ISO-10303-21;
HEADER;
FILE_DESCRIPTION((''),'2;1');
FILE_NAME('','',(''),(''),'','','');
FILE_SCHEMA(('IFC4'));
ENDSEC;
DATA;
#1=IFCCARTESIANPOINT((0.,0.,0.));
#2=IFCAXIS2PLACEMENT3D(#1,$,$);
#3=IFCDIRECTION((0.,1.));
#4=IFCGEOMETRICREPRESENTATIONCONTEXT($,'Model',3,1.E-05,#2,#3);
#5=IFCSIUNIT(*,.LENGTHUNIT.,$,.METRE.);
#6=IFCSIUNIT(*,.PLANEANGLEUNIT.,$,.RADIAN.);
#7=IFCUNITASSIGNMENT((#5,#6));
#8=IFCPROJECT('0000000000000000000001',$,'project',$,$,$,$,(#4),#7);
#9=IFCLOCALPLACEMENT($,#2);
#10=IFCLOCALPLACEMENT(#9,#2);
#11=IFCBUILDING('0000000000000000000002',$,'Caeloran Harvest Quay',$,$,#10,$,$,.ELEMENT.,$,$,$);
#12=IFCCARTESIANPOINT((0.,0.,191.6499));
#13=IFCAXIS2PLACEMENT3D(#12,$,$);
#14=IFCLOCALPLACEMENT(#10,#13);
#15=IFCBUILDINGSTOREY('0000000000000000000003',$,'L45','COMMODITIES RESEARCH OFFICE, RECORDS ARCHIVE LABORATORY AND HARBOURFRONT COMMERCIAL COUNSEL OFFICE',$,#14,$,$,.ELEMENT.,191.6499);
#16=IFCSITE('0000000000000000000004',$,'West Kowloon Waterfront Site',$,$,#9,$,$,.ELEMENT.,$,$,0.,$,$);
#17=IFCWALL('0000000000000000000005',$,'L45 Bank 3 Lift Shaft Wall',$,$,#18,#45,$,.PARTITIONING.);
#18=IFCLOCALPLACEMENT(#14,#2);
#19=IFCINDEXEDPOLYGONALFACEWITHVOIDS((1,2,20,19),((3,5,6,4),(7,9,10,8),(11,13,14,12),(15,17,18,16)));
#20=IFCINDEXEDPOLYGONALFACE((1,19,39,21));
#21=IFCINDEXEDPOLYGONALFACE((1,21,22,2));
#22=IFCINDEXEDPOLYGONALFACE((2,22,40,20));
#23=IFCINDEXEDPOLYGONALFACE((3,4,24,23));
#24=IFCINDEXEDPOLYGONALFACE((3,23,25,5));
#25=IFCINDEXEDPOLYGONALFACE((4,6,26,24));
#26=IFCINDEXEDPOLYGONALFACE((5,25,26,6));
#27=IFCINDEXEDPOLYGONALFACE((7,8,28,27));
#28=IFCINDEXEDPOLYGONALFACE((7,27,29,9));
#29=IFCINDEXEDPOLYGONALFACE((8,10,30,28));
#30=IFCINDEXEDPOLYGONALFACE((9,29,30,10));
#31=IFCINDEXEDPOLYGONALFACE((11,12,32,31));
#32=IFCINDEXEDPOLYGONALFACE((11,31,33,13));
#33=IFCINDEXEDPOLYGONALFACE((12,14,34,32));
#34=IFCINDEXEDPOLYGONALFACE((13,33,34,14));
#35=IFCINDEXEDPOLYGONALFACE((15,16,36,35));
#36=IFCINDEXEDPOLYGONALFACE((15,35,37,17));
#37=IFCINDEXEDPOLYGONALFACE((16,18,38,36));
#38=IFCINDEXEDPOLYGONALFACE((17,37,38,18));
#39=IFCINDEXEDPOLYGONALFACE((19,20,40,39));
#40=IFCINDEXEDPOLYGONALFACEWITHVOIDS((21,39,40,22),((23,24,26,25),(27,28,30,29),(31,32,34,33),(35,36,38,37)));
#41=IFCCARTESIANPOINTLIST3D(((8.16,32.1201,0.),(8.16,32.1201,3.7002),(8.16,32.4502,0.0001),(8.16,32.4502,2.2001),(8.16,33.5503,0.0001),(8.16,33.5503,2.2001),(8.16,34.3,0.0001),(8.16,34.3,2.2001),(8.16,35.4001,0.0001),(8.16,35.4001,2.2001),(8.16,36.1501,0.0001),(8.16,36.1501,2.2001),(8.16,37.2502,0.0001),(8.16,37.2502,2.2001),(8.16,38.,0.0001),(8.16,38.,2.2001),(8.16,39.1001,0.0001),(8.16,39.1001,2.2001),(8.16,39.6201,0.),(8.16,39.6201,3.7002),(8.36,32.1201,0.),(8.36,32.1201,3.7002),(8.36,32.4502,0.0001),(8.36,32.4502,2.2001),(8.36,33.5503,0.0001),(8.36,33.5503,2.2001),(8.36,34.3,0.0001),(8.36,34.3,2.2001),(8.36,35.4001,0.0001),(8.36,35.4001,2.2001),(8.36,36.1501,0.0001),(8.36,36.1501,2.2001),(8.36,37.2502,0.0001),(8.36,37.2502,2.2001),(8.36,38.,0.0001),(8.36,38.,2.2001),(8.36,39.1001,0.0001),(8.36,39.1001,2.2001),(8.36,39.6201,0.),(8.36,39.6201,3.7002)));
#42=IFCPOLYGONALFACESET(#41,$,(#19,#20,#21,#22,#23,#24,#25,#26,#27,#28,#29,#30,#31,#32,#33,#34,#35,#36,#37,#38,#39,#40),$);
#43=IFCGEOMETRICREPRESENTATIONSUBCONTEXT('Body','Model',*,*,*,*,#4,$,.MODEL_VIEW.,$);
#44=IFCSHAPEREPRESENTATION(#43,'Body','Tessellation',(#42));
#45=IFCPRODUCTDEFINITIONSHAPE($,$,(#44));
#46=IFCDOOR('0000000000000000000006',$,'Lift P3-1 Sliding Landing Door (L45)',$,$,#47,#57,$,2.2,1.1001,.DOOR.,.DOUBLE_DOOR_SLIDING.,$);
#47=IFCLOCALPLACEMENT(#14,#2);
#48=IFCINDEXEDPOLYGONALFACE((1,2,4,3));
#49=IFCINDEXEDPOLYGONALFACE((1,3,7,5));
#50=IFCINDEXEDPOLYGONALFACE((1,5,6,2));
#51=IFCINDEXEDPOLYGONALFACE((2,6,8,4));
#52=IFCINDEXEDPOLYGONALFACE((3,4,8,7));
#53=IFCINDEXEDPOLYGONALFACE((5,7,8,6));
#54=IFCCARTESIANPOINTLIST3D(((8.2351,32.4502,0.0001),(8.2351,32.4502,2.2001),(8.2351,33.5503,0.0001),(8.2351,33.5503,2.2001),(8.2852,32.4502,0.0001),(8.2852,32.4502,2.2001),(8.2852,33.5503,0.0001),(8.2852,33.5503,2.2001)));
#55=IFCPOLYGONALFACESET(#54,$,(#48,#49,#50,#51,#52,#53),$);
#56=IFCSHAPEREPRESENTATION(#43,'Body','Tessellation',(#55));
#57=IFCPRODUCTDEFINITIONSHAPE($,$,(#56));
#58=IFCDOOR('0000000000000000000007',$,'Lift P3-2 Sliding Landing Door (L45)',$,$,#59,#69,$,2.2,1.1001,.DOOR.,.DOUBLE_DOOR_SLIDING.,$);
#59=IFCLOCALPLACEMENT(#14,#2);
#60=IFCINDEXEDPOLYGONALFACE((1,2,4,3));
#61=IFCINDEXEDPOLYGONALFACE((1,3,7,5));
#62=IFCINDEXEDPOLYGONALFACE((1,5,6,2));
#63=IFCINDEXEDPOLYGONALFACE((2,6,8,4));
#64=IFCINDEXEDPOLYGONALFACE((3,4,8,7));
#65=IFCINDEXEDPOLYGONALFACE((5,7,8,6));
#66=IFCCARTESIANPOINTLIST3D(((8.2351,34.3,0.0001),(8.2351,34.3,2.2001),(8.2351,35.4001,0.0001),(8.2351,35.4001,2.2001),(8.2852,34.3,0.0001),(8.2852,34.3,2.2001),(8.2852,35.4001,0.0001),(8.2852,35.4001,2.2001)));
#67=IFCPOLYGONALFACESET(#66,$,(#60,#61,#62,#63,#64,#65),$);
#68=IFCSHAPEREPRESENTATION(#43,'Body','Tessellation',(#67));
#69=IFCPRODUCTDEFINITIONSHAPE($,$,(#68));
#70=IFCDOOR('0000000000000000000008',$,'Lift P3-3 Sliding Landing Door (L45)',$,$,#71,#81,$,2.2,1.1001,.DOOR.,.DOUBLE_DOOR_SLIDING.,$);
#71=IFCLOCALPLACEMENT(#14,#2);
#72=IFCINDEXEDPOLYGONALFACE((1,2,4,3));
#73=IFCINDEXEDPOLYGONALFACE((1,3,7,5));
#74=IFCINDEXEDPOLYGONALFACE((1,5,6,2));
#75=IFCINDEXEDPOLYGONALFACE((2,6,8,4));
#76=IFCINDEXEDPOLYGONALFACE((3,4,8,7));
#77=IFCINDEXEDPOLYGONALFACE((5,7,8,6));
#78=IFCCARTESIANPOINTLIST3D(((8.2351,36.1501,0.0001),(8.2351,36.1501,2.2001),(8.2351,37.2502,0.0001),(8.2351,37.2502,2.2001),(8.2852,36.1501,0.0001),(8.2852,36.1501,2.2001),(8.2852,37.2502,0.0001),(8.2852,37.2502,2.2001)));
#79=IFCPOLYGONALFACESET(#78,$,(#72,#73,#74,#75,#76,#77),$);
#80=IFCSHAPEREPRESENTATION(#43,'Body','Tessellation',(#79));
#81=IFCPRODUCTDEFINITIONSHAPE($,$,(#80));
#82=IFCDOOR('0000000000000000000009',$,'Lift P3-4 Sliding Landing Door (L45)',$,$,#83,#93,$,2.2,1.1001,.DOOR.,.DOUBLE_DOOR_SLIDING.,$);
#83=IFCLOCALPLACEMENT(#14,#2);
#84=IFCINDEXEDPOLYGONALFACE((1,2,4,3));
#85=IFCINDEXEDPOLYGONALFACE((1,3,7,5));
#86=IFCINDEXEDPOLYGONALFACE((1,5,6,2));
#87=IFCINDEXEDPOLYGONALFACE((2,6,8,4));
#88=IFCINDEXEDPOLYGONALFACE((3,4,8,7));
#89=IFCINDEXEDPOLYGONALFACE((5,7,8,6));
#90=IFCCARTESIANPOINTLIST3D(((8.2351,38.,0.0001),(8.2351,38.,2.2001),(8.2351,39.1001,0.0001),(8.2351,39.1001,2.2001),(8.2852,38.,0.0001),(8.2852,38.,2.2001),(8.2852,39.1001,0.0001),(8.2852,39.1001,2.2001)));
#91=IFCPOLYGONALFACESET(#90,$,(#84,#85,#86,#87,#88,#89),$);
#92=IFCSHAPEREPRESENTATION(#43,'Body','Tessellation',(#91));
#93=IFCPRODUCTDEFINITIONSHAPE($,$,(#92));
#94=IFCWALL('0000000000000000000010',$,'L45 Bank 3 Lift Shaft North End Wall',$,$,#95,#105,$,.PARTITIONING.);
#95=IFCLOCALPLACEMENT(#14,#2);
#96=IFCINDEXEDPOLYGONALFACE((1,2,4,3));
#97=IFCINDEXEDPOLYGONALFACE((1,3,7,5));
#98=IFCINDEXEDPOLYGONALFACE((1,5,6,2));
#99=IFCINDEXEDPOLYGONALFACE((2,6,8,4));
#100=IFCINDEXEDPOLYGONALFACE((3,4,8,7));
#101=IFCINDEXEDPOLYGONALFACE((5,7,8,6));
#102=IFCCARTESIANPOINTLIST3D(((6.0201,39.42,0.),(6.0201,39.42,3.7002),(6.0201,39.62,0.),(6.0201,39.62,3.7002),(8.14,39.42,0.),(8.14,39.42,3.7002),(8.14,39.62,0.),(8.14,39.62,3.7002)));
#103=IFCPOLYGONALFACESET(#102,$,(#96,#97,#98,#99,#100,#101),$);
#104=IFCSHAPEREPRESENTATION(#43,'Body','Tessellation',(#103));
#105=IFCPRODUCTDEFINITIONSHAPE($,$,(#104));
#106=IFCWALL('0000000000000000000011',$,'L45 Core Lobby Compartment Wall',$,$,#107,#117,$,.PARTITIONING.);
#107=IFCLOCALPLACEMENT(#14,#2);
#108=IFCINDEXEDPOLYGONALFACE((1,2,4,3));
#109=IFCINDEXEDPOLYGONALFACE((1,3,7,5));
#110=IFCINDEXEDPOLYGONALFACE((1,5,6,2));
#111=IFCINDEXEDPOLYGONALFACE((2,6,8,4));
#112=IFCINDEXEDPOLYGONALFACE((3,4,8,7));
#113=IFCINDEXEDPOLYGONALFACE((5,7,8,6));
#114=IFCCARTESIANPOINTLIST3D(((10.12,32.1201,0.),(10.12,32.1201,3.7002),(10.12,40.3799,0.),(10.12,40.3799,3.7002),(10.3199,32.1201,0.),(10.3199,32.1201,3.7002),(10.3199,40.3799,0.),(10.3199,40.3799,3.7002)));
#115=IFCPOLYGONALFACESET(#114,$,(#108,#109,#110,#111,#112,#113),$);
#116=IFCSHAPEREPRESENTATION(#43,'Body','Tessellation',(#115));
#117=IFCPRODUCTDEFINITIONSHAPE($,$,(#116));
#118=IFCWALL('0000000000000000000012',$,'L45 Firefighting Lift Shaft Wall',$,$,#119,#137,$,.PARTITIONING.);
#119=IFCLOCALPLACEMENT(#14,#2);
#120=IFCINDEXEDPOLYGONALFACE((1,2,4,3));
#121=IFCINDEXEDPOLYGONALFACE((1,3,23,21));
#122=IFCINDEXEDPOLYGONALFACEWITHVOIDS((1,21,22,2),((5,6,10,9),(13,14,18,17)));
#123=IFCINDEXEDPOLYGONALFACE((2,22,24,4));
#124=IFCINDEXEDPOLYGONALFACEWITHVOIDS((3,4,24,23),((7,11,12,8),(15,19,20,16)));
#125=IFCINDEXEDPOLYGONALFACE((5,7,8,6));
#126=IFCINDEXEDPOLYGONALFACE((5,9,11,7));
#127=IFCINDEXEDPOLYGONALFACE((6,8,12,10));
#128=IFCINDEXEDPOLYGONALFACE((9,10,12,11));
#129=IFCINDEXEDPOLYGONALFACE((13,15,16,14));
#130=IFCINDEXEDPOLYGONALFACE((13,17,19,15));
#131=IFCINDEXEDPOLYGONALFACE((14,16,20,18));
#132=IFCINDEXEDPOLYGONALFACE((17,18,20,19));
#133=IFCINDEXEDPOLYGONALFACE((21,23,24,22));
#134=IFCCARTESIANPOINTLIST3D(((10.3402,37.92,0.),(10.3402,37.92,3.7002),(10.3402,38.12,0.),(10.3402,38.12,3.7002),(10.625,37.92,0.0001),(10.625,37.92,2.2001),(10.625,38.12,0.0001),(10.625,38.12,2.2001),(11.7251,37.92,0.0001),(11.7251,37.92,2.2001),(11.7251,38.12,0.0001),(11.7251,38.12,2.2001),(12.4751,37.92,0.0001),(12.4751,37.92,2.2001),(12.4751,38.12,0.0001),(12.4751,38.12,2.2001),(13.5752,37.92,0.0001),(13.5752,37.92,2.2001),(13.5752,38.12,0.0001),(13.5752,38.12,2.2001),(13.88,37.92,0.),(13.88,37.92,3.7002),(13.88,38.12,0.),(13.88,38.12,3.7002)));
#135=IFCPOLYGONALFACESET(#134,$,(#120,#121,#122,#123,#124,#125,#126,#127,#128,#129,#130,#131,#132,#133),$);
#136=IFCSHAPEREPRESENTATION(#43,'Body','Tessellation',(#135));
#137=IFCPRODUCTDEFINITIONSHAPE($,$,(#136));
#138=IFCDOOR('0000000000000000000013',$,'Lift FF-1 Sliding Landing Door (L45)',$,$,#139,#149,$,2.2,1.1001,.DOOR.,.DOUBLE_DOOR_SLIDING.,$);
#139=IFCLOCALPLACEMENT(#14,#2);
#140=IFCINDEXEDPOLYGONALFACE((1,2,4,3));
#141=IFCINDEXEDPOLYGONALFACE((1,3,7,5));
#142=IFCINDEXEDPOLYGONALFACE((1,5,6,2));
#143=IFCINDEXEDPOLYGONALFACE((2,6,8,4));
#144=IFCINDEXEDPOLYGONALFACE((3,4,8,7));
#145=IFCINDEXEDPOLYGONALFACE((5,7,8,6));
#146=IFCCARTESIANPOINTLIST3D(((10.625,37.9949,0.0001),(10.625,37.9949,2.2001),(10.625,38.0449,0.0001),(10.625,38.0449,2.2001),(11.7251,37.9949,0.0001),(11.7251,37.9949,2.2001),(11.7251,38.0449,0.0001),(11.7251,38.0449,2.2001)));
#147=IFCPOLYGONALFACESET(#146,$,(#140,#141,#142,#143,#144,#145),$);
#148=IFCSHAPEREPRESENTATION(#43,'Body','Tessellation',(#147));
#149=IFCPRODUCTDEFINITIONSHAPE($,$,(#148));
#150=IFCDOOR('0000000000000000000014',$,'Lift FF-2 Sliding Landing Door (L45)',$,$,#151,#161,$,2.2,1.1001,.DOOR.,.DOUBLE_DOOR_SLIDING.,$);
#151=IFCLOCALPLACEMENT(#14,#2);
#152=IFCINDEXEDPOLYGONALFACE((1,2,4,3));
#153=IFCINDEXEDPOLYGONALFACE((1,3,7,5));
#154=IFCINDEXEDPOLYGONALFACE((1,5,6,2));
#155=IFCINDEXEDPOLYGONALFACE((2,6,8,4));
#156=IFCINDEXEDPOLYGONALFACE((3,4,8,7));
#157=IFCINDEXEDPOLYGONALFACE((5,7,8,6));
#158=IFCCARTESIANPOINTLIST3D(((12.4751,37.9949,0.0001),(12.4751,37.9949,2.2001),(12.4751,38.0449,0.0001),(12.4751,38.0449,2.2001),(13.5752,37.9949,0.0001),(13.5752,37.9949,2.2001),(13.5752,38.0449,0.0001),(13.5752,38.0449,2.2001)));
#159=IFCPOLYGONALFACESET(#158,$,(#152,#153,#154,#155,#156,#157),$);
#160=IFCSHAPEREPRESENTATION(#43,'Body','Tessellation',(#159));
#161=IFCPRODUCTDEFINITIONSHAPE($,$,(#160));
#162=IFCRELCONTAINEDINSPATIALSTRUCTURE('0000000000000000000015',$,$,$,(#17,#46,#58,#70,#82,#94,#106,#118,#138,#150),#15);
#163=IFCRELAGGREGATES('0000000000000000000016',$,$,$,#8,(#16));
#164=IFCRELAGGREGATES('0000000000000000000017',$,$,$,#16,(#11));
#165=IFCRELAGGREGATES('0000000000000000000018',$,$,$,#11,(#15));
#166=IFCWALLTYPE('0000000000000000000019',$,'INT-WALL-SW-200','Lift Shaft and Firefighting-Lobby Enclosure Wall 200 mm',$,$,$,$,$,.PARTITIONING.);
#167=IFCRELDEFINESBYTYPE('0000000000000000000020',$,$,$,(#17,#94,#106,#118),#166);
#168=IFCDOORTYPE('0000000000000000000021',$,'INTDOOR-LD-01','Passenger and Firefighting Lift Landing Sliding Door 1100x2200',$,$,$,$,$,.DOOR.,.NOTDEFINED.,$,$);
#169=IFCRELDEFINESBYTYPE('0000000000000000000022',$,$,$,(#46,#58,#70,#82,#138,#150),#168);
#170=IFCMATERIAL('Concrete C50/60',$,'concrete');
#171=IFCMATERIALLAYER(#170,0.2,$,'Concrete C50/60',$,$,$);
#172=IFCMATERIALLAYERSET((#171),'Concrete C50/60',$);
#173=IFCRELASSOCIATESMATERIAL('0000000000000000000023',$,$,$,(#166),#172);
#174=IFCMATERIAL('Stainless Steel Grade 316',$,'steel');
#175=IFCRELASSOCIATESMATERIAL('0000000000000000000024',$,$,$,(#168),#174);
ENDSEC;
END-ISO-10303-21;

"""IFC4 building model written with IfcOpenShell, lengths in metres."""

from ifc_helpers import new_model, si_unit, direction, frame, frame_2d, origin, place, context, subcontext, project, spatial, rectangle, extrude, material, layer, layer_set, type_object, element, fill, save


model = new_model("IFC4")

# Units and contexts
model_context = context("Model", 3, precision=1e-05, world=origin(), true_north=direction((0.0, 1.0)))
body_context = subcontext(model_context, "Body", "Model", "MODEL_VIEW")
ifc_project = project(units=[si_unit("LENGTHUNIT", "METRE"), si_unit("PLANEANGLEUNIT", "RADIAN")], contexts=[model_context])

# Site, building, storey
site_placement = place(None, origin())
site = spatial("IfcSite", under=ifc_project, at=site_placement, Name="West Kowloon Waterfront Site", CompositionType="ELEMENT", RefElevation=0.0)
building_placement = place(site_placement, origin())
building = spatial("IfcBuilding", under=site, at=building_placement, Name="Caeloran Harvest Quay", CompositionType="ELEMENT")
storey_placement = place(building_placement, frame((0.0, 0.0, 191.6499)))
storey = spatial("IfcBuildingStorey", under=building, at=storey_placement, Name="L45", Description="COMMODITIES RESEARCH OFFICE, RECORDS ARCHIVE LABORATORY AND HARBOURFRONT COMMERCIAL COUNSEL OFFICE", CompositionType="ELEMENT", Elevation=191.6499)

# Wall, openings, doors
ifc_material_1 = material(Name="Concrete C50/60", Category="concrete")
ifc_layer_1 = layer(ifc_material_1, 0.2, Name="Concrete C50/60")
ifc_layer_set_1 = layer_set([ifc_layer_1], Name="Concrete C50/60")
wall_type_1 = type_object("IfcWallType", Name="INT-WALL-SW-200", Description="Lift Shaft and Firefighting-Lobby Enclosure Wall 200 mm", PredefinedType="PARTITIONING", material=ifc_layer_set_1)
wall_1_placement = place(storey_placement, frame((8.26, 32.1201, 0.0), z_axis=(0.0, 0.0, 1.0), x_axis=(0.0, 1.0, 0.0)))
wall_1 = element("IfcWall", 1, at=wall_1_placement, inside=storey, type_object=wall_type_1, Name="L45 Bank 3 Lift Shaft Wall", PredefinedType="PARTITIONING", context=body_context, shape_type="SweptSolid", body=[
    extrude(rectangle(XDim=7.5, YDim=0.2, at=frame_2d((3.75, 0.0))), origin(), (0.0, 0.0, 1.0), 3.7002),
])
opening_1_placement = place(wall_1_placement, frame((0.3301, 0.0, 0.0)))
opening_1 = element("IfcOpeningElement", 2, at=opening_1_placement, cuts=wall_1, PredefinedType="OPENING", context=body_context, shape_type="SweptSolid", body=[
    extrude(rectangle(XDim=1.1001, YDim=2.2, at=frame_2d((0.55, 1.1001))), frame((0.0, 0.1099, 0.0), z_axis=(0.0, -1.0, 0.0), x_axis=(1.0, 0.0, 0.0)), (0.0, 0.0, 1.0), 0.22),
])
opening_2_placement = place(wall_1_placement, frame((2.1799, 0.0, 0.0)))
opening_2 = element("IfcOpeningElement", 3, at=opening_2_placement, cuts=wall_1, PredefinedType="OPENING", context=body_context, shape_type="SweptSolid", body=[
    extrude(rectangle(XDim=1.1001, YDim=2.2, at=frame_2d((0.55, 1.1001))), frame((0.0, 0.1099, 0.0), z_axis=(0.0, -1.0, 0.0), x_axis=(1.0, 0.0, 0.0)), (0.0, 0.0, 1.0), 0.22),
])
opening_3_placement = place(wall_1_placement, frame((4.03, 0.0, 0.0)))
opening_3 = element("IfcOpeningElement", 4, at=opening_3_placement, cuts=wall_1, PredefinedType="OPENING", context=body_context, shape_type="SweptSolid", body=[
    extrude(rectangle(XDim=1.1001, YDim=2.2, at=frame_2d((0.55, 1.1001))), frame((0.0, 0.1099, 0.0), z_axis=(0.0, -1.0, 0.0), x_axis=(1.0, 0.0, 0.0)), (0.0, 0.0, 1.0), 0.22),
])
opening_4_placement = place(wall_1_placement, frame((5.8799, 0.0, 0.0)))
opening_4 = element("IfcOpeningElement", 5, at=opening_4_placement, cuts=wall_1, PredefinedType="OPENING", context=body_context, shape_type="SweptSolid", body=[
    extrude(rectangle(XDim=1.1001, YDim=2.2, at=frame_2d((0.55, 1.1001))), frame((0.0, 0.1099, 0.0), z_axis=(0.0, -1.0, 0.0), x_axis=(1.0, 0.0, 0.0)), (0.0, 0.0, 1.0), 0.22),
])
ifc_material_2 = material(Name="Stainless Steel Grade 316", Category="steel")
door_type_1 = type_object("IfcDoorType", Name="INTDOOR-LD-01", Description="Passenger and Firefighting Lift Landing Sliding Door 1100x2200", OperationType="NOTDEFINED", PredefinedType="DOOR", material=ifc_material_2)
door_1_placement = place(opening_1_placement, origin())
door_1 = element("IfcDoor", 6, at=door_1_placement, inside=storey, type_object=door_type_1, Name="Lift P3-1 Sliding Landing Door (L45)", OperationType="DOUBLE_DOOR_SLIDING", OverallHeight=2.2, OverallWidth=1.1001, PredefinedType="DOOR", context=body_context, shape_type="SweptSolid", body=[
    extrude(rectangle(XDim=1.1001, YDim=2.2, at=frame_2d((0.55, 1.1001))), frame((0.0, 0.0249, 0.0), z_axis=(0.0, -1.0, 0.0), x_axis=(1.0, 0.0, 0.0)), (0.0, 0.0, 1.0), 0.05),
])
fill(opening_1, door_1)
door_2_placement = place(opening_2_placement, origin())
door_2 = element("IfcDoor", 7, at=door_2_placement, inside=storey, type_object=door_type_1, Name="Lift P3-2 Sliding Landing Door (L45)", OperationType="DOUBLE_DOOR_SLIDING", OverallHeight=2.2, OverallWidth=1.1001, PredefinedType="DOOR", context=body_context, shape_type="SweptSolid", body=[
    extrude(rectangle(XDim=1.1001, YDim=2.2, at=frame_2d((0.55, 1.1001))), frame((0.0, 0.0249, 0.0), z_axis=(0.0, -1.0, 0.0), x_axis=(1.0, 0.0, 0.0)), (0.0, 0.0, 1.0), 0.05),
])
fill(opening_2, door_2)
door_3_placement = place(opening_3_placement, origin())
door_3 = element("IfcDoor", 8, at=door_3_placement, inside=storey, type_object=door_type_1, Name="Lift P3-3 Sliding Landing Door (L45)", OperationType="DOUBLE_DOOR_SLIDING", OverallHeight=2.2, OverallWidth=1.1001, PredefinedType="DOOR", context=body_context, shape_type="SweptSolid", body=[
    extrude(rectangle(XDim=1.1001, YDim=2.2, at=frame_2d((0.55, 1.1001))), frame((0.0, 0.0249, 0.0), z_axis=(0.0, -1.0, 0.0), x_axis=(1.0, 0.0, 0.0)), (0.0, 0.0, 1.0), 0.05),
])
fill(opening_3, door_3)
door_4_placement = place(opening_4_placement, origin())
door_4 = element("IfcDoor", 9, at=door_4_placement, inside=storey, type_object=door_type_1, Name="Lift P3-4 Sliding Landing Door (L45)", OperationType="DOUBLE_DOOR_SLIDING", OverallHeight=2.2, OverallWidth=1.1001, PredefinedType="DOOR", context=body_context, shape_type="SweptSolid", body=[
    extrude(rectangle(XDim=1.1001, YDim=2.2, at=frame_2d((0.55, 1.1001))), frame((0.0, 0.0249, 0.0), z_axis=(0.0, -1.0, 0.0), x_axis=(1.0, 0.0, 0.0)), (0.0, 0.0, 1.0), 0.05),
])
fill(opening_4, door_4)

# Walls
wall_2_placement = place(storey_placement, frame((6.02, 39.52, 0.0), z_axis=(0.0, 0.0, 1.0), x_axis=(1.0, 0.0, 0.0)))
element("IfcWall", 10, at=wall_2_placement, inside=storey, type_object=wall_type_1, Name="L45 Bank 3 Lift Shaft North End Wall", PredefinedType="PARTITIONING", context=body_context, shape_type="SweptSolid", body=[
    extrude(rectangle(XDim=2.1199, YDim=0.2, at=frame_2d((1.0601, 0.0))), origin(), (0.0, 0.0, 1.0), 3.7002),
])
wall_3_placement = place(storey_placement, frame((10.22, 32.1201, 0.0), z_axis=(0.0, 0.0, 1.0), x_axis=(0.0, 1.0, 0.0)))
element("IfcWall", 11, at=wall_3_placement, inside=storey, type_object=wall_type_1, Name="L45 Core Lobby Compartment Wall", PredefinedType="PARTITIONING", context=body_context, shape_type="SweptSolid", body=[
    extrude(rectangle(XDim=8.2598, YDim=0.2, at=frame_2d((4.1299, 0.0))), origin(), (0.0, 0.0, 1.0), 3.7002),
])

# Wall, openings, doors
wall_4_placement = place(storey_placement, frame((10.3401, 38.02, 0.0), z_axis=(0.0, 0.0, 1.0), x_axis=(1.0, 0.0, 0.0)))
wall_4 = element("IfcWall", 12, at=wall_4_placement, inside=storey, type_object=wall_type_1, Name="L45 Firefighting Lift Shaft Wall", PredefinedType="PARTITIONING", context=body_context, shape_type="SweptSolid", body=[
    extrude(rectangle(XDim=3.5398, YDim=0.2, at=frame_2d((1.77, 0.0))), origin(), (0.0, 0.0, 1.0), 3.7002),
])
opening_5_placement = place(wall_4_placement, frame((0.2849, 0.0, 0.0)))
opening_5 = element("IfcOpeningElement", 13, at=opening_5_placement, cuts=wall_4, PredefinedType="OPENING", context=body_context, shape_type="SweptSolid", body=[
    extrude(rectangle(XDim=1.1001, YDim=2.2, at=frame_2d((0.55, 1.1001))), frame((0.0, 0.1099, 0.0), z_axis=(0.0, -1.0, 0.0), x_axis=(1.0, 0.0, 0.0)), (0.0, 0.0, 1.0), 0.22),
])
opening_6_placement = place(wall_4_placement, frame((2.135, 0.0, 0.0)))
opening_6 = element("IfcOpeningElement", 14, at=opening_6_placement, cuts=wall_4, PredefinedType="OPENING", context=body_context, shape_type="SweptSolid", body=[
    extrude(rectangle(XDim=1.1001, YDim=2.2, at=frame_2d((0.55, 1.1001))), frame((0.0, 0.1099, 0.0), z_axis=(0.0, -1.0, 0.0), x_axis=(1.0, 0.0, 0.0)), (0.0, 0.0, 1.0), 0.22),
])
door_5_placement = place(opening_5_placement, origin())
door_5 = element("IfcDoor", 15, at=door_5_placement, inside=storey, type_object=door_type_1, Name="Lift FF-1 Sliding Landing Door (L45)", OperationType="DOUBLE_DOOR_SLIDING", OverallHeight=2.2, OverallWidth=1.1001, PredefinedType="DOOR", context=body_context, shape_type="SweptSolid", body=[
    extrude(rectangle(XDim=1.1001, YDim=2.2, at=frame_2d((0.55, 1.1001))), frame((0.0, 0.0249, 0.0), z_axis=(0.0, -1.0, 0.0), x_axis=(1.0, 0.0, 0.0)), (0.0, 0.0, 1.0), 0.05),
])
fill(opening_5, door_5)
door_6_placement = place(opening_6_placement, origin())
door_6 = element("IfcDoor", 16, at=door_6_placement, inside=storey, type_object=door_type_1, Name="Lift FF-2 Sliding Landing Door (L45)", OperationType="DOUBLE_DOOR_SLIDING", OverallHeight=2.2, OverallWidth=1.1001, PredefinedType="DOOR", context=body_context, shape_type="SweptSolid", body=[
    extrude(rectangle(XDim=1.1001, YDim=2.2, at=frame_2d((0.55, 1.1001))), frame((0.0, 0.0249, 0.0), z_axis=(0.0, -1.0, 0.0), x_axis=(1.0, 0.0, 0.0)), (0.0, 0.0, 1.0), 0.05),
])
fill(opening_6, door_6)

save(model, "model.ifc")
